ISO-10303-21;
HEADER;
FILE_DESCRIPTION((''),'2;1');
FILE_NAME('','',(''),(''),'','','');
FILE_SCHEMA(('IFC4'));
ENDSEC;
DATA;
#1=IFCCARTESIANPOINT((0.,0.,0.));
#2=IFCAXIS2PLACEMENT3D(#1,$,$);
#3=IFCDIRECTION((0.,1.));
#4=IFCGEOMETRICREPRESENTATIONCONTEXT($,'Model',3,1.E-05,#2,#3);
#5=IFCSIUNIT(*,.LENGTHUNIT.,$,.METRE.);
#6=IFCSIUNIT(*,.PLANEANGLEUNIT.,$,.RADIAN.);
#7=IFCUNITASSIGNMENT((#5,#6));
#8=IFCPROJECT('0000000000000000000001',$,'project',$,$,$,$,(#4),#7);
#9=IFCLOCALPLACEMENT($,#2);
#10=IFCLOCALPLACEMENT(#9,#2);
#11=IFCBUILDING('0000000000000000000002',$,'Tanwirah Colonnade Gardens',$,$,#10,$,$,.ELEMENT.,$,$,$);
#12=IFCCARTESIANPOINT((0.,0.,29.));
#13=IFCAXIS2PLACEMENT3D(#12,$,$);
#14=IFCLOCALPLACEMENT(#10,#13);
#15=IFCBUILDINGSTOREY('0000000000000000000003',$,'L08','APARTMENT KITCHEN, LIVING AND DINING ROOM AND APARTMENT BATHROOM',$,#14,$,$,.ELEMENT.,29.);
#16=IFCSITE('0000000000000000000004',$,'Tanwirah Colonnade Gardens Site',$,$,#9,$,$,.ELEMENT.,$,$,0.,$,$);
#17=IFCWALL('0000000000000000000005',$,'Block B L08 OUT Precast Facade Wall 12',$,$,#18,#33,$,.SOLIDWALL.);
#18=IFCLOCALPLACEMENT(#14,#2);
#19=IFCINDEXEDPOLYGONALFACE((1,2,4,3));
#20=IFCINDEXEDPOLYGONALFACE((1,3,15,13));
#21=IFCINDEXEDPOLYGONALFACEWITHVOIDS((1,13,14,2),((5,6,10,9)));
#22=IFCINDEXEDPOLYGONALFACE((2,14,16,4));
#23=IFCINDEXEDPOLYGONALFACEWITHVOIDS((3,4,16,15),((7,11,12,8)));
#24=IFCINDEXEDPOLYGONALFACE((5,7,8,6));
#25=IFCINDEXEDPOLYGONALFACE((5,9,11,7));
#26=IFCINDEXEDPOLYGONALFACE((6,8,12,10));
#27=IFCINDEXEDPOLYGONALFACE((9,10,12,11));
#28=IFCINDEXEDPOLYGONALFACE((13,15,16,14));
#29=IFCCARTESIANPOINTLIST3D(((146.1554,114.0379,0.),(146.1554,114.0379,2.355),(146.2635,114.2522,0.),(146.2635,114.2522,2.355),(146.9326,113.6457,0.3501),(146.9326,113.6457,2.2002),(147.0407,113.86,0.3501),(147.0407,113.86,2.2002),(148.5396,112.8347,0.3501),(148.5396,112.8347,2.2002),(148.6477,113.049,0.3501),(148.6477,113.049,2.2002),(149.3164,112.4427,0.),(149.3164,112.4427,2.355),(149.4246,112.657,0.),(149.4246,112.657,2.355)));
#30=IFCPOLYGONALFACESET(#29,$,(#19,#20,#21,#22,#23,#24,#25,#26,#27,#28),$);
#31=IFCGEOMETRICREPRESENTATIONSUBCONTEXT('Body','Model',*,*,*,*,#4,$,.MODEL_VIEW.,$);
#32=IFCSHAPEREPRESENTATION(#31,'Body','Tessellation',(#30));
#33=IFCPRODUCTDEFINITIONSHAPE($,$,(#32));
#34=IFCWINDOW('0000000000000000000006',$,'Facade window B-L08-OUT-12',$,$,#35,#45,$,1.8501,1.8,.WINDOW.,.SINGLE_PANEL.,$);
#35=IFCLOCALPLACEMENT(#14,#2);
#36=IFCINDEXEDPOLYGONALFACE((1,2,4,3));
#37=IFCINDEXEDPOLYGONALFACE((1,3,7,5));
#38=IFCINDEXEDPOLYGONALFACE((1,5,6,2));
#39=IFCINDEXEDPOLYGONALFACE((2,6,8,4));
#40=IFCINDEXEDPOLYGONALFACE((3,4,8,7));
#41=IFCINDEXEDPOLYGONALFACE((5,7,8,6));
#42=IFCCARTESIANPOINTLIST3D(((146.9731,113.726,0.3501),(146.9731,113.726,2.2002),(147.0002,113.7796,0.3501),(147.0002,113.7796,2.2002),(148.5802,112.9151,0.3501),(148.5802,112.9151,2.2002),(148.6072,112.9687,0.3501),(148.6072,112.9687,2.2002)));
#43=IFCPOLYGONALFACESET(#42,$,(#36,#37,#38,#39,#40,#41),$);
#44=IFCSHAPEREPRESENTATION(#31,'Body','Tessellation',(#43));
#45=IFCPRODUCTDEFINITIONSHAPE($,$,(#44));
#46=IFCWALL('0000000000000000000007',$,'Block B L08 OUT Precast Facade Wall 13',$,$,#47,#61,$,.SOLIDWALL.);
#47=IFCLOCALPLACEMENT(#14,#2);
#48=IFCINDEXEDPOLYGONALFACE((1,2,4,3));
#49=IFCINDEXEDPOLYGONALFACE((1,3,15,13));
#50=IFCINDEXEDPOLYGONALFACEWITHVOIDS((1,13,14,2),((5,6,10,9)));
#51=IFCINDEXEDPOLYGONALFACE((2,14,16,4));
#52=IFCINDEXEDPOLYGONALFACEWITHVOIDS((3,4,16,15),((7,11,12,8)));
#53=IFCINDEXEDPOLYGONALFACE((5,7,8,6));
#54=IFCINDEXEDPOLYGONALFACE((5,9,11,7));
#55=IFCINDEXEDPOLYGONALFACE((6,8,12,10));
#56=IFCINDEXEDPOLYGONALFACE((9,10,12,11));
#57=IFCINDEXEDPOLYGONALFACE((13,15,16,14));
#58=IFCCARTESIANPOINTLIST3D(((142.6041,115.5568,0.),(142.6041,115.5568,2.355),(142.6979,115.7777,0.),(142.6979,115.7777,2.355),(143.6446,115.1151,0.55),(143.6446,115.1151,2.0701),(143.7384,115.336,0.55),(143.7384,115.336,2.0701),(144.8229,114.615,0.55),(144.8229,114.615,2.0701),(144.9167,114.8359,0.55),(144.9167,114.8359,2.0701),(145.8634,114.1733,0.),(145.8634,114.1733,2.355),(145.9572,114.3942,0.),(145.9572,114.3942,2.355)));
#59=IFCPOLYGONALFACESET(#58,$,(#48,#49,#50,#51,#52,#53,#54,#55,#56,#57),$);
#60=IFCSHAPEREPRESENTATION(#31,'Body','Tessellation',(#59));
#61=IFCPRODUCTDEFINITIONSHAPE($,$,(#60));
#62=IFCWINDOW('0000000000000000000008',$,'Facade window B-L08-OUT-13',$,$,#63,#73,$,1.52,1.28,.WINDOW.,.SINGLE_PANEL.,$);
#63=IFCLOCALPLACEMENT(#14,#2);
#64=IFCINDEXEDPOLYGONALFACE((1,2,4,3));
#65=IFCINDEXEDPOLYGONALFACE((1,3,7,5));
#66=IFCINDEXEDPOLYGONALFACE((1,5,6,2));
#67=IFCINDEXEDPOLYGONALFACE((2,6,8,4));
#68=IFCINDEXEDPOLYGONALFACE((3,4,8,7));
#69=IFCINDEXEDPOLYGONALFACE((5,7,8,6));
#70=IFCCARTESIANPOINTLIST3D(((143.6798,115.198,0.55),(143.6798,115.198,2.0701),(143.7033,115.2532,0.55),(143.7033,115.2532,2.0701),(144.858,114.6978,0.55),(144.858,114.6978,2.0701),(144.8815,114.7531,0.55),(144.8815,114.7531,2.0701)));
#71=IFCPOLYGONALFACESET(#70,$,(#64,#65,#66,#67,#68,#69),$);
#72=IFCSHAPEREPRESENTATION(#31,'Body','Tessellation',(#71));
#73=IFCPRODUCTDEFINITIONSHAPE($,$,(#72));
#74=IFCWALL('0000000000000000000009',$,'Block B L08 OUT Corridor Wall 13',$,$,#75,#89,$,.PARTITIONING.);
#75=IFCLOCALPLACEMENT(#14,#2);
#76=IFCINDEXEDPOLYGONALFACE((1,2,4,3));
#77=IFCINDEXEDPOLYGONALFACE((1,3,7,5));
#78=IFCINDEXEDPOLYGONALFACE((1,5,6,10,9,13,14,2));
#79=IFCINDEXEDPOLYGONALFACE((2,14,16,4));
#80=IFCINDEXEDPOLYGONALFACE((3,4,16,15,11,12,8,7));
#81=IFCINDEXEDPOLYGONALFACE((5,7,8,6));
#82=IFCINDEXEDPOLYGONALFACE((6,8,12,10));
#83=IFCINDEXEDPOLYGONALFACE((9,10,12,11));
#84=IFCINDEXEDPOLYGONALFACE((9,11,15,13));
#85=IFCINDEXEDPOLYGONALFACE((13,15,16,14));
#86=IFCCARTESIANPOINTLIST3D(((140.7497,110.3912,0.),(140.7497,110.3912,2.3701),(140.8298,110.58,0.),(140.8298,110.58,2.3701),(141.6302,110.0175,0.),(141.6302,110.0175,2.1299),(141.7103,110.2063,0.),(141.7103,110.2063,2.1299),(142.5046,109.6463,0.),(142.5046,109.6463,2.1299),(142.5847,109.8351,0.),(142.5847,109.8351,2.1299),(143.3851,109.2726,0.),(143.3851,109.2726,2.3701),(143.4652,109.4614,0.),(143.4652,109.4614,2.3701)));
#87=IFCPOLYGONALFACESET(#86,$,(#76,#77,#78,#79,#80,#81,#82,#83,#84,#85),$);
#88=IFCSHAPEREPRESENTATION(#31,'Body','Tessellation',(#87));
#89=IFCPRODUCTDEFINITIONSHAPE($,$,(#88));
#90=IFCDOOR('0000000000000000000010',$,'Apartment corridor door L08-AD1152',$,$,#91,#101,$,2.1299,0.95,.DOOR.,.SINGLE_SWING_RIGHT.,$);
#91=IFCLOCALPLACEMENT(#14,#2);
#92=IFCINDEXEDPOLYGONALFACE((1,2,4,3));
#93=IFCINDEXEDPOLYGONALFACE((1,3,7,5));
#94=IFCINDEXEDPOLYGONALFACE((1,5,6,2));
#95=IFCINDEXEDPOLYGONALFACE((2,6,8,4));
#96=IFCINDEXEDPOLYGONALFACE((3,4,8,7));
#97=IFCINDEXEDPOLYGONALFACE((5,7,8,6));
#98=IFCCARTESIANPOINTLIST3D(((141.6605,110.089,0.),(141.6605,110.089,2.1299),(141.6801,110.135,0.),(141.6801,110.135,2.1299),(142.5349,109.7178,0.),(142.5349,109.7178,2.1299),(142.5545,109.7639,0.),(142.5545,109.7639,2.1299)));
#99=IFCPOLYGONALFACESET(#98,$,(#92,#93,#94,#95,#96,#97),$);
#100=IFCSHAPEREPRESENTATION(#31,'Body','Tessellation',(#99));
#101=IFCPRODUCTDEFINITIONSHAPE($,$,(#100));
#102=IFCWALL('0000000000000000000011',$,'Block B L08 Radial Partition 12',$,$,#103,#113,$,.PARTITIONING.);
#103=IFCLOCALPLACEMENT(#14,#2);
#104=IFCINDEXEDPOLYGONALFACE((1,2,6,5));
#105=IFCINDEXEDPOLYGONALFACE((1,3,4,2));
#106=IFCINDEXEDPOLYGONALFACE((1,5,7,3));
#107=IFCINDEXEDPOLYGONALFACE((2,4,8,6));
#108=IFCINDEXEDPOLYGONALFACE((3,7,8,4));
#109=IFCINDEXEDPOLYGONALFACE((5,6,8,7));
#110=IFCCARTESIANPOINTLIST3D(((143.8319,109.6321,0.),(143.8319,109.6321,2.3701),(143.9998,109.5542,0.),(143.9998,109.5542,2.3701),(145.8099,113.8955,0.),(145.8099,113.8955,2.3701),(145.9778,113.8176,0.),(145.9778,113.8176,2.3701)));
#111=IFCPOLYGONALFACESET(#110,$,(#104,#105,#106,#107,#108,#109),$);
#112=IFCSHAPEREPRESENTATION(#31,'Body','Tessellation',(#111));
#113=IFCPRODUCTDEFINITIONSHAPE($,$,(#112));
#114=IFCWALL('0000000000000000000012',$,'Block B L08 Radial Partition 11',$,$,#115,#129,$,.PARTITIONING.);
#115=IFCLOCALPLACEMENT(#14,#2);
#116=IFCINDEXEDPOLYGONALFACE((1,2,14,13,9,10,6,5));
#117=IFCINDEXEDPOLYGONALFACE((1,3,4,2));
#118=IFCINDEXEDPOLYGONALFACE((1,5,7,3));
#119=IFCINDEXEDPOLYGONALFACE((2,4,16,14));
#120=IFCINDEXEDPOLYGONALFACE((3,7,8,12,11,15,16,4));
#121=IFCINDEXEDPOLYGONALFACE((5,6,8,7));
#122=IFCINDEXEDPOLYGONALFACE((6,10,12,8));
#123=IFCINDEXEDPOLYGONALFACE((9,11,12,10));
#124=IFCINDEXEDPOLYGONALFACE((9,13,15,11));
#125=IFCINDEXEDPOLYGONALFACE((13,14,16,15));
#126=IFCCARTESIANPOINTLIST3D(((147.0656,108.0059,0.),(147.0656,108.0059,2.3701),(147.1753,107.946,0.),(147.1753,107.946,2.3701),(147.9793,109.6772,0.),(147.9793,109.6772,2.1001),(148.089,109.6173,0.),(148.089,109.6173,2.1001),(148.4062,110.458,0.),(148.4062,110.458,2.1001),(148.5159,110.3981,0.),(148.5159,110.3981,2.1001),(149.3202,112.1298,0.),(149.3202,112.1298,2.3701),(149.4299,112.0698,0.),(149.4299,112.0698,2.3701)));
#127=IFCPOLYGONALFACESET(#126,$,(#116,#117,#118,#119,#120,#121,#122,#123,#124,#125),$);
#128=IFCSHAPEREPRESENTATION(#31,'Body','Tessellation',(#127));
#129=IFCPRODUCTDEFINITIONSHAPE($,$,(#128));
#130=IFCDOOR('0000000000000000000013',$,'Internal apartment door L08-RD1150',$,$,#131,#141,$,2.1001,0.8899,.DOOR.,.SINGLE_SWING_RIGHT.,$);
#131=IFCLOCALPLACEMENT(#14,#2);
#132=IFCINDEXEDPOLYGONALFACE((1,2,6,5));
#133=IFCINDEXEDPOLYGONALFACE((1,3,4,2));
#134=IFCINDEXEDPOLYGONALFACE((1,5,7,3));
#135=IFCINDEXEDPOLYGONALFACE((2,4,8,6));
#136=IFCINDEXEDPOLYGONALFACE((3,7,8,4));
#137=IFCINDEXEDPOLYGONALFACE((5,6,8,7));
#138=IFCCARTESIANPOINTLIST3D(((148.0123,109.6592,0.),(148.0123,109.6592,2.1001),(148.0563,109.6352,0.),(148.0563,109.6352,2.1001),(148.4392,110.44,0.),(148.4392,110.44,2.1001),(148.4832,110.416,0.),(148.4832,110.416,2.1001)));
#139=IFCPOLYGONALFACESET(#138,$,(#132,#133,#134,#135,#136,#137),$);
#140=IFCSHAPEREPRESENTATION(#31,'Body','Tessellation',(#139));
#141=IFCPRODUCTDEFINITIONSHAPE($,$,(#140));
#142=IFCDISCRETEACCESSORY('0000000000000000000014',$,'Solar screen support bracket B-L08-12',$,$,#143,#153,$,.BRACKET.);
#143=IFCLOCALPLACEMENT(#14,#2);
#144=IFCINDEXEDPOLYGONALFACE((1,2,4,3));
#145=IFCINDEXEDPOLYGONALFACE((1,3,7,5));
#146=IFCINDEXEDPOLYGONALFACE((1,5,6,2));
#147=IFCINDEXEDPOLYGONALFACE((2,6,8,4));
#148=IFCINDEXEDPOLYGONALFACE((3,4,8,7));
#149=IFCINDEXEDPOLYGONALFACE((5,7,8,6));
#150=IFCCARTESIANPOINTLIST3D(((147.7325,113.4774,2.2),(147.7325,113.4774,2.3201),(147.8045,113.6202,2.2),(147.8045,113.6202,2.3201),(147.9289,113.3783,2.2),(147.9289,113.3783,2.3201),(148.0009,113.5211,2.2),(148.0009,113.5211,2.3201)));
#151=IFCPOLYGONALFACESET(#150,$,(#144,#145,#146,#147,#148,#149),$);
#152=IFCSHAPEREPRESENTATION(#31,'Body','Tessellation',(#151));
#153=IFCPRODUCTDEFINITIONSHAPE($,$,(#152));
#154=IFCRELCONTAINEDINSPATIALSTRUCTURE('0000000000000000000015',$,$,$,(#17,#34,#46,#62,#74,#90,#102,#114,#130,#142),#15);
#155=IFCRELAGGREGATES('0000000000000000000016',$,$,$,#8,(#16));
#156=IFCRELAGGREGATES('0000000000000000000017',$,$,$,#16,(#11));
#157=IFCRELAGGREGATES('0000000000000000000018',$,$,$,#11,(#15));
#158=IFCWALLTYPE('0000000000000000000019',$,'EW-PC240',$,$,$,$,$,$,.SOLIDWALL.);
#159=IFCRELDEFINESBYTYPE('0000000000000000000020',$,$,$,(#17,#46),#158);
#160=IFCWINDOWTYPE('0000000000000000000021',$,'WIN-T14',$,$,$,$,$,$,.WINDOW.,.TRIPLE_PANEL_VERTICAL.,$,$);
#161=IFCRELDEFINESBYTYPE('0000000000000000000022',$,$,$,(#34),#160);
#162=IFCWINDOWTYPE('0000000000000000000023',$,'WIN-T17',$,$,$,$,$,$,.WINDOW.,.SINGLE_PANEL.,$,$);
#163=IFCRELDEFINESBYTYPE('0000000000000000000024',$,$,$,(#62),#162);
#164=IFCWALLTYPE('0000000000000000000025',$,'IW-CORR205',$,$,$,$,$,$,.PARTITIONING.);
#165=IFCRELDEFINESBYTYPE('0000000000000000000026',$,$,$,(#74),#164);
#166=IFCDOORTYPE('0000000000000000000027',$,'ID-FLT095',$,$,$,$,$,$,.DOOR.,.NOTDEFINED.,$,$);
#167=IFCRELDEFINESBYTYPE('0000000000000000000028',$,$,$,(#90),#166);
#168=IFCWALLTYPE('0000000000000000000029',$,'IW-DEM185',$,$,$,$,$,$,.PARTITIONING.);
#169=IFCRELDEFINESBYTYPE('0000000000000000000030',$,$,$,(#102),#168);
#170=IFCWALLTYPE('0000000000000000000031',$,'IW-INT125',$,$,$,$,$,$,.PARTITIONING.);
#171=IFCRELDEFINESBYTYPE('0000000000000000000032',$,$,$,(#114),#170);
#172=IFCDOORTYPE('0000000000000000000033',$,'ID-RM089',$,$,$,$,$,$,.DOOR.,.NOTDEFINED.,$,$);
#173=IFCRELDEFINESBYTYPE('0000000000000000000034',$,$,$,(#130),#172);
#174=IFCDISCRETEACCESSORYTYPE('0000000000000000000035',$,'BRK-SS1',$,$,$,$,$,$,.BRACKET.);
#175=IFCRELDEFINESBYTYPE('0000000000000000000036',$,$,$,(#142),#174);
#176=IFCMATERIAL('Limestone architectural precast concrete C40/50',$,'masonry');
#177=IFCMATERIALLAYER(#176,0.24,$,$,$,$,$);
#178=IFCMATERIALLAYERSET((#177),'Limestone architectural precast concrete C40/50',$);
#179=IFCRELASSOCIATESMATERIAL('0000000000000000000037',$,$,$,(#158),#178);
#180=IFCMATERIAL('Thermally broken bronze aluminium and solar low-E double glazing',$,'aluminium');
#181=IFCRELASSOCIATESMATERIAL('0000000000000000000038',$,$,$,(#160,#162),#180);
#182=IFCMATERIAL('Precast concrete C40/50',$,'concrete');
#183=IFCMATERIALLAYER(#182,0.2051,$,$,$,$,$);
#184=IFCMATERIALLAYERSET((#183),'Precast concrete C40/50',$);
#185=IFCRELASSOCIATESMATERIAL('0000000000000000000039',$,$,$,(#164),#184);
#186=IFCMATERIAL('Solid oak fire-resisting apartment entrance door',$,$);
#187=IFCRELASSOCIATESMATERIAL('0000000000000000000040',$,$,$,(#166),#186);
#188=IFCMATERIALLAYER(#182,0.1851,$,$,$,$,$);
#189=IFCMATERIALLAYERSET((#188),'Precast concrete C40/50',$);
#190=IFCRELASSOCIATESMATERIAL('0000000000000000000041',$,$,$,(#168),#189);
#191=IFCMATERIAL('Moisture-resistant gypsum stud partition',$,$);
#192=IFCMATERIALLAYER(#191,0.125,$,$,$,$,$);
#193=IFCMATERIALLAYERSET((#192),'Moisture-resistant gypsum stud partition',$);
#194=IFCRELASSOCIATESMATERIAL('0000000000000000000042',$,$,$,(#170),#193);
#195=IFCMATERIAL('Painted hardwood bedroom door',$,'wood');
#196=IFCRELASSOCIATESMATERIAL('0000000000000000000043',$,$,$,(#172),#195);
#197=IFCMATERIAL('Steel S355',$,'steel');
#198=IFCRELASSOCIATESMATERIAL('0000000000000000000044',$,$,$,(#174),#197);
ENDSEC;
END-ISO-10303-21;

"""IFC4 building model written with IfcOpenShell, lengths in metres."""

from ifc_helpers import new_model, si_unit, direction, frame, frame_2d, origin, origin_2d, place, context, subcontext, project, spatial, rectangle, extrude, material, layer, layer_set, type_object, element, fill, save


model = new_model("IFC4")

# Units and contexts
model_context = context("Model", 3, precision=1e-05, world=origin(), true_north=direction((0.0, 1.0)))
body_context = subcontext(model_context, "Body", "Model", "MODEL_VIEW")
ifc_project = project(units=[si_unit("LENGTHUNIT", "METRE"), si_unit("PLANEANGLEUNIT", "RADIAN")], contexts=[model_context])

# Site, building, storey
site_placement = place(None, origin())
site = spatial("IfcSite", under=ifc_project, at=site_placement, Name="Tanwirah Colonnade Gardens Site", CompositionType="ELEMENT", RefElevation=0.0)
building_placement = place(site_placement, origin())
building = spatial("IfcBuilding", under=site, at=building_placement, Name="Tanwirah Colonnade Gardens", CompositionType="ELEMENT")
storey_placement = place(building_placement, frame((0.0, 0.0, 29.0)))
storey = spatial("IfcBuildingStorey", under=building, at=storey_placement, Name="L08", Description="APARTMENT KITCHEN, LIVING AND DINING ROOM AND APARTMENT BATHROOM", CompositionType="ELEMENT", Elevation=29.0)

# Shared definitions
ifc_material_1 = material(Name="Precast concrete C40/50", Category="concrete")

# Shared definitions
ifc_material_2 = material(Name="Limestone architectural precast concrete C40/50", Category="masonry")
ifc_layer_1 = layer(ifc_material_2, 0.24)
ifc_layer_set_1 = layer_set([ifc_layer_1], Name="Limestone architectural precast concrete C40/50")
wall_type_1 = type_object("IfcWallType", Name="EW-PC240", PredefinedType="SOLIDWALL", material=ifc_layer_set_1)

# Walls, openings, windows
wall_1_placement = place(storey_placement, frame((149.3706, 112.5498, 0.0), z_axis=(0.0, 0.0, 1.0), x_axis=(-0.892766, 0.45052, 0.0)))
wall_1 = element("IfcWall", 1, at=wall_1_placement, inside=storey, type_object=wall_type_1, Name="Block B L08 OUT Precast Facade Wall 12", PredefinedType="SOLIDWALL", context=body_context, shape_type="SweptSolid", body=[
    extrude(rectangle(XDim=3.5408, YDim=0.24, at=frame_2d((1.7705, 0.0))), origin(), (0.0, 0.0, 1.0), 2.355),
])
opening_1_placement = place(wall_1_placement, frame((0.8704, 0.0, 0.3501)))
opening_1 = element("IfcOpeningElement", 2, at=opening_1_placement, cuts=wall_1, PredefinedType="OPENING", context=body_context, shape_type="SweptSolid", body=[
    extrude(rectangle(XDim=1.8, YDim=1.8501, at=frame_2d((0.8999, 0.925))), frame((0.0, 0.1299, 0.0), z_axis=(0.0, -1.0, 0.0), x_axis=(1.0, 0.0, 0.0)), (0.0, 0.0, 1.0), 0.26),
])
ifc_material_3 = material(Name="Thermally broken bronze aluminium and solar low-E double glazing", Category="aluminium")
window_type_1 = type_object("IfcWindowType", Name="WIN-T14", PartitioningType="TRIPLE_PANEL_VERTICAL", PredefinedType="WINDOW", material=ifc_material_3)
window_1_placement = place(opening_1_placement, origin())
window_1 = element("IfcWindow", 3, at=window_1_placement, inside=storey, type_object=window_type_1, Name="Facade window B-L08-OUT-12", OverallHeight=1.8501, OverallWidth=1.8, PartitioningType="SINGLE_PANEL", PredefinedType="WINDOW", context=body_context, shape_type="SweptSolid", body=[
    extrude(rectangle(XDim=1.8, YDim=1.8501, at=frame_2d((0.8999, 0.925))), frame((0.0, 0.03, 0.0), z_axis=(0.0, -1.0, 0.0), x_axis=(1.0, 0.0, 0.0)), (0.0, 0.0, 1.0), 0.0601),
])
fill(opening_1, window_1)
wall_2_placement = place(storey_placement, frame((145.9104, 114.2837, 0.0), z_axis=(0.0, 0.0, 1.0), x_axis=(-0.920498, 0.390746, 0.0)))
wall_2 = element("IfcWall", 4, at=wall_2_placement, inside=storey, type_object=wall_type_1, Name="Block B L08 OUT Precast Facade Wall 13", PredefinedType="SOLIDWALL", context=body_context, shape_type="SweptSolid", body=[
    extrude(rectangle(XDim=3.5408, YDim=0.24, at=frame_2d((1.7705, 0.0))), origin(), (0.0, 0.0, 1.0), 2.355),
])
opening_2_placement = place(wall_2_placement, frame((1.1304, 0.0, 0.55)))
opening_2 = element("IfcOpeningElement", 5, at=opening_2_placement, cuts=wall_2, PredefinedType="OPENING", context=body_context, shape_type="SweptSolid", body=[
    extrude(rectangle(XDim=1.28, YDim=1.52, at=frame_2d((0.6401, 0.76))), frame((0.0, 0.1299, 0.0), z_axis=(0.0, -1.0, 0.0), x_axis=(1.0, 0.0, 0.0)), (0.0, 0.0, 1.0), 0.26),
])
window_type_2 = type_object("IfcWindowType", Name="WIN-T17", PartitioningType="SINGLE_PANEL", PredefinedType="WINDOW", material=ifc_material_3)
window_2_placement = place(opening_2_placement, origin())
window_2 = element("IfcWindow", 6, at=window_2_placement, inside=storey, type_object=window_type_2, Name="Facade window B-L08-OUT-13", OverallHeight=1.52, OverallWidth=1.28, PartitioningType="SINGLE_PANEL", PredefinedType="WINDOW", context=body_context, shape_type="SweptSolid", body=[
    extrude(rectangle(XDim=1.28, YDim=1.52, at=frame_2d((0.6401, 0.76))), frame((0.0, 0.03, 0.0), z_axis=(0.0, -1.0, 0.0), x_axis=(1.0, 0.0, 0.0)), (0.0, 0.0, 1.0), 0.0601),
])
fill(opening_2, window_2)

# Wall, opening, door
ifc_layer_2 = layer(ifc_material_1, 0.2051)
ifc_layer_set_2 = layer_set([ifc_layer_2], Name="Precast concrete C40/50")
wall_type_2 = type_object("IfcWallType", Name="IW-CORR205", PredefinedType="PARTITIONING", material=ifc_layer_set_2)
ifc_material_4 = material(Name="Solid oak fire-resisting apartment entrance door")
wall_3_placement = place(storey_placement, frame((143.4253, 109.3669, 0.0), z_axis=(0.0, 0.0, 1.0), x_axis=(-0.920511, 0.390716, 0.0)))
wall_3 = element("IfcWall", 7, at=wall_3_placement, inside=storey, type_object=wall_type_2, Name="Block B L08 OUT Corridor Wall 13", PredefinedType="PARTITIONING", context=body_context, shape_type="SweptSolid", body=[
    extrude(rectangle(XDim=2.863, YDim=0.2051, at=frame_2d((1.4316, 0.0))), origin(), (0.0, 0.0, 1.0), 2.3701),
])
opening_3_placement = place(wall_3_placement, frame((0.9565, 0.0, 0.0)))
opening_3 = element("IfcOpeningElement", 8, at=opening_3_placement, cuts=wall_3, PredefinedType="OPENING", context=body_context, shape_type="SweptSolid", body=[
    extrude(rectangle(XDim=0.95, YDim=2.1299, at=frame_2d((0.4751, 1.0649))), frame((0.0, 0.1125, 0.0), z_axis=(0.0, -1.0, 0.0), x_axis=(1.0, 0.0, 0.0)), (0.0, 0.0, 1.0), 0.2251),
])
door_type_1 = type_object("IfcDoorType", Name="ID-FLT095", OperationType="NOTDEFINED", PredefinedType="DOOR", material=ifc_material_4)
door_1_placement = place(opening_3_placement, origin())
door_1 = element("IfcDoor", 9, at=door_1_placement, inside=storey, type_object=door_type_1, Name="Apartment corridor door L08-AD1152", OperationType="SINGLE_SWING_RIGHT", OverallHeight=2.1299, OverallWidth=0.95, PredefinedType="DOOR", context=body_context, shape_type="SweptSolid", body=[
    extrude(rectangle(XDim=0.95, YDim=2.1299, at=frame_2d((0.4751, 1.0649))), frame((0.0, 0.0249, 0.0), z_axis=(0.0, -1.0, 0.0), x_axis=(1.0, 0.0, 0.0)), (0.0, 0.0, 1.0), 0.05),
])
fill(opening_3, door_1)

# Wall
ifc_layer_3 = layer(ifc_material_1, 0.1851)
ifc_layer_set_3 = layer_set([ifc_layer_3], Name="Precast concrete C40/50")
wall_type_3 = type_object("IfcWallType", Name="IW-DEM185", PredefinedType="PARTITIONING", material=ifc_layer_set_3)
wall_4_placement = place(storey_placement, frame((143.9158, 109.593, 0.0), z_axis=(0.0, 0.0, 1.0), x_axis=(0.420863, 0.907124, 0.0)))
element("IfcWall", 10, at=wall_4_placement, inside=storey, type_object=wall_type_3, Name="Block B L08 Radial Partition 12", PredefinedType="PARTITIONING", context=body_context, shape_type="SweptSolid", body=[
    extrude(rectangle(XDim=4.7, YDim=0.1851, at=frame_2d((2.3501, 0.0))), origin(), (0.0, 0.0, 1.0), 2.3701),
])

# Wall, opening, door
ifc_material_5 = material(Name="Moisture-resistant gypsum stud partition")
ifc_layer_4 = layer(ifc_material_5, 0.125)
ifc_layer_set_4 = layer_set([ifc_layer_4], Name="Moisture-resistant gypsum stud partition")
wall_type_4 = type_object("IfcWallType", Name="IW-INT125", PredefinedType="PARTITIONING", material=ifc_layer_set_4)
wall_5_placement = place(storey_placement, frame((147.1204, 107.9758, 0.0), z_axis=(0.0, 0.0, 1.0), x_axis=(0.479722, 0.877421, 0.0)))
wall_5 = element("IfcWall", 11, at=wall_5_placement, inside=storey, type_object=wall_type_4, Name="Block B L08 Radial Partition 11", PredefinedType="PARTITIONING", context=body_context, shape_type="SweptSolid", body=[
    extrude(rectangle(XDim=4.7, YDim=0.125, at=frame_2d((2.3501, 0.0))), origin(), (0.0, 0.0, 1.0), 2.3701),
])
opening_4_placement = place(wall_5_placement, frame((1.905, 0.0, 0.0)))
opening_4 = element("IfcOpeningElement", 12, at=opening_4_placement, cuts=wall_5, PredefinedType="OPENING", context=body_context, shape_type="SweptSolid", body=[
    extrude(rectangle(XDim=0.8899, YDim=2.1001, at=frame_2d((0.4448, 1.05))), frame((0.0, 0.0725, 0.0), z_axis=(0.0, -1.0, 0.0), x_axis=(1.0, 0.0, 0.0)), (0.0, 0.0, 1.0), 0.145),
])
ifc_material_6 = material(Name="Painted hardwood bedroom door", Category="wood")
door_type_2 = type_object("IfcDoorType", Name="ID-RM089", OperationType="NOTDEFINED", PredefinedType="DOOR", material=ifc_material_6)
door_2_placement = place(opening_4_placement, origin())
door_2 = element("IfcDoor", 13, at=door_2_placement, inside=storey, type_object=door_type_2, Name="Internal apartment door L08-RD1150", OperationType="SINGLE_SWING_RIGHT", OverallHeight=2.1001, OverallWidth=0.8899, PredefinedType="DOOR", context=body_context, shape_type="SweptSolid", body=[
    extrude(rectangle(XDim=0.8899, YDim=2.1001, at=frame_2d((0.4448, 1.05))), frame((0.0, 0.0249, 0.0), z_axis=(0.0, -1.0, 0.0), x_axis=(1.0, 0.0, 0.0)), (0.0, 0.0, 1.0), 0.05),
])
fill(opening_4, door_2)

# Discrete accessory
ifc_material_7 = material(Name="Steel S355", Category="steel")
discrete_accessory_type = type_object("IfcDiscreteAccessoryType", Name="BRK-SS1", PredefinedType="BRACKET", material=ifc_material_7)
discrete_accessory_placement = place(storey_placement, frame((147.8667, 113.4993, 2.2), z_axis=(0.0, 0.0, 1.0), x_axis=(-0.89276, 0.450532, 0.0)))
element("IfcDiscreteAccessory", 14, at=discrete_accessory_placement, inside=storey, type_object=discrete_accessory_type, Name="Solar screen support bracket B-L08-12", PredefinedType="BRACKET", context=body_context, shape_type="SweptSolid", body=[
    extrude(rectangle(XDim=0.22, YDim=0.1599, at=origin_2d()), origin(), (0.0, 0.0, 1.0), 0.1201),
])

save(model, "model.ifc")
